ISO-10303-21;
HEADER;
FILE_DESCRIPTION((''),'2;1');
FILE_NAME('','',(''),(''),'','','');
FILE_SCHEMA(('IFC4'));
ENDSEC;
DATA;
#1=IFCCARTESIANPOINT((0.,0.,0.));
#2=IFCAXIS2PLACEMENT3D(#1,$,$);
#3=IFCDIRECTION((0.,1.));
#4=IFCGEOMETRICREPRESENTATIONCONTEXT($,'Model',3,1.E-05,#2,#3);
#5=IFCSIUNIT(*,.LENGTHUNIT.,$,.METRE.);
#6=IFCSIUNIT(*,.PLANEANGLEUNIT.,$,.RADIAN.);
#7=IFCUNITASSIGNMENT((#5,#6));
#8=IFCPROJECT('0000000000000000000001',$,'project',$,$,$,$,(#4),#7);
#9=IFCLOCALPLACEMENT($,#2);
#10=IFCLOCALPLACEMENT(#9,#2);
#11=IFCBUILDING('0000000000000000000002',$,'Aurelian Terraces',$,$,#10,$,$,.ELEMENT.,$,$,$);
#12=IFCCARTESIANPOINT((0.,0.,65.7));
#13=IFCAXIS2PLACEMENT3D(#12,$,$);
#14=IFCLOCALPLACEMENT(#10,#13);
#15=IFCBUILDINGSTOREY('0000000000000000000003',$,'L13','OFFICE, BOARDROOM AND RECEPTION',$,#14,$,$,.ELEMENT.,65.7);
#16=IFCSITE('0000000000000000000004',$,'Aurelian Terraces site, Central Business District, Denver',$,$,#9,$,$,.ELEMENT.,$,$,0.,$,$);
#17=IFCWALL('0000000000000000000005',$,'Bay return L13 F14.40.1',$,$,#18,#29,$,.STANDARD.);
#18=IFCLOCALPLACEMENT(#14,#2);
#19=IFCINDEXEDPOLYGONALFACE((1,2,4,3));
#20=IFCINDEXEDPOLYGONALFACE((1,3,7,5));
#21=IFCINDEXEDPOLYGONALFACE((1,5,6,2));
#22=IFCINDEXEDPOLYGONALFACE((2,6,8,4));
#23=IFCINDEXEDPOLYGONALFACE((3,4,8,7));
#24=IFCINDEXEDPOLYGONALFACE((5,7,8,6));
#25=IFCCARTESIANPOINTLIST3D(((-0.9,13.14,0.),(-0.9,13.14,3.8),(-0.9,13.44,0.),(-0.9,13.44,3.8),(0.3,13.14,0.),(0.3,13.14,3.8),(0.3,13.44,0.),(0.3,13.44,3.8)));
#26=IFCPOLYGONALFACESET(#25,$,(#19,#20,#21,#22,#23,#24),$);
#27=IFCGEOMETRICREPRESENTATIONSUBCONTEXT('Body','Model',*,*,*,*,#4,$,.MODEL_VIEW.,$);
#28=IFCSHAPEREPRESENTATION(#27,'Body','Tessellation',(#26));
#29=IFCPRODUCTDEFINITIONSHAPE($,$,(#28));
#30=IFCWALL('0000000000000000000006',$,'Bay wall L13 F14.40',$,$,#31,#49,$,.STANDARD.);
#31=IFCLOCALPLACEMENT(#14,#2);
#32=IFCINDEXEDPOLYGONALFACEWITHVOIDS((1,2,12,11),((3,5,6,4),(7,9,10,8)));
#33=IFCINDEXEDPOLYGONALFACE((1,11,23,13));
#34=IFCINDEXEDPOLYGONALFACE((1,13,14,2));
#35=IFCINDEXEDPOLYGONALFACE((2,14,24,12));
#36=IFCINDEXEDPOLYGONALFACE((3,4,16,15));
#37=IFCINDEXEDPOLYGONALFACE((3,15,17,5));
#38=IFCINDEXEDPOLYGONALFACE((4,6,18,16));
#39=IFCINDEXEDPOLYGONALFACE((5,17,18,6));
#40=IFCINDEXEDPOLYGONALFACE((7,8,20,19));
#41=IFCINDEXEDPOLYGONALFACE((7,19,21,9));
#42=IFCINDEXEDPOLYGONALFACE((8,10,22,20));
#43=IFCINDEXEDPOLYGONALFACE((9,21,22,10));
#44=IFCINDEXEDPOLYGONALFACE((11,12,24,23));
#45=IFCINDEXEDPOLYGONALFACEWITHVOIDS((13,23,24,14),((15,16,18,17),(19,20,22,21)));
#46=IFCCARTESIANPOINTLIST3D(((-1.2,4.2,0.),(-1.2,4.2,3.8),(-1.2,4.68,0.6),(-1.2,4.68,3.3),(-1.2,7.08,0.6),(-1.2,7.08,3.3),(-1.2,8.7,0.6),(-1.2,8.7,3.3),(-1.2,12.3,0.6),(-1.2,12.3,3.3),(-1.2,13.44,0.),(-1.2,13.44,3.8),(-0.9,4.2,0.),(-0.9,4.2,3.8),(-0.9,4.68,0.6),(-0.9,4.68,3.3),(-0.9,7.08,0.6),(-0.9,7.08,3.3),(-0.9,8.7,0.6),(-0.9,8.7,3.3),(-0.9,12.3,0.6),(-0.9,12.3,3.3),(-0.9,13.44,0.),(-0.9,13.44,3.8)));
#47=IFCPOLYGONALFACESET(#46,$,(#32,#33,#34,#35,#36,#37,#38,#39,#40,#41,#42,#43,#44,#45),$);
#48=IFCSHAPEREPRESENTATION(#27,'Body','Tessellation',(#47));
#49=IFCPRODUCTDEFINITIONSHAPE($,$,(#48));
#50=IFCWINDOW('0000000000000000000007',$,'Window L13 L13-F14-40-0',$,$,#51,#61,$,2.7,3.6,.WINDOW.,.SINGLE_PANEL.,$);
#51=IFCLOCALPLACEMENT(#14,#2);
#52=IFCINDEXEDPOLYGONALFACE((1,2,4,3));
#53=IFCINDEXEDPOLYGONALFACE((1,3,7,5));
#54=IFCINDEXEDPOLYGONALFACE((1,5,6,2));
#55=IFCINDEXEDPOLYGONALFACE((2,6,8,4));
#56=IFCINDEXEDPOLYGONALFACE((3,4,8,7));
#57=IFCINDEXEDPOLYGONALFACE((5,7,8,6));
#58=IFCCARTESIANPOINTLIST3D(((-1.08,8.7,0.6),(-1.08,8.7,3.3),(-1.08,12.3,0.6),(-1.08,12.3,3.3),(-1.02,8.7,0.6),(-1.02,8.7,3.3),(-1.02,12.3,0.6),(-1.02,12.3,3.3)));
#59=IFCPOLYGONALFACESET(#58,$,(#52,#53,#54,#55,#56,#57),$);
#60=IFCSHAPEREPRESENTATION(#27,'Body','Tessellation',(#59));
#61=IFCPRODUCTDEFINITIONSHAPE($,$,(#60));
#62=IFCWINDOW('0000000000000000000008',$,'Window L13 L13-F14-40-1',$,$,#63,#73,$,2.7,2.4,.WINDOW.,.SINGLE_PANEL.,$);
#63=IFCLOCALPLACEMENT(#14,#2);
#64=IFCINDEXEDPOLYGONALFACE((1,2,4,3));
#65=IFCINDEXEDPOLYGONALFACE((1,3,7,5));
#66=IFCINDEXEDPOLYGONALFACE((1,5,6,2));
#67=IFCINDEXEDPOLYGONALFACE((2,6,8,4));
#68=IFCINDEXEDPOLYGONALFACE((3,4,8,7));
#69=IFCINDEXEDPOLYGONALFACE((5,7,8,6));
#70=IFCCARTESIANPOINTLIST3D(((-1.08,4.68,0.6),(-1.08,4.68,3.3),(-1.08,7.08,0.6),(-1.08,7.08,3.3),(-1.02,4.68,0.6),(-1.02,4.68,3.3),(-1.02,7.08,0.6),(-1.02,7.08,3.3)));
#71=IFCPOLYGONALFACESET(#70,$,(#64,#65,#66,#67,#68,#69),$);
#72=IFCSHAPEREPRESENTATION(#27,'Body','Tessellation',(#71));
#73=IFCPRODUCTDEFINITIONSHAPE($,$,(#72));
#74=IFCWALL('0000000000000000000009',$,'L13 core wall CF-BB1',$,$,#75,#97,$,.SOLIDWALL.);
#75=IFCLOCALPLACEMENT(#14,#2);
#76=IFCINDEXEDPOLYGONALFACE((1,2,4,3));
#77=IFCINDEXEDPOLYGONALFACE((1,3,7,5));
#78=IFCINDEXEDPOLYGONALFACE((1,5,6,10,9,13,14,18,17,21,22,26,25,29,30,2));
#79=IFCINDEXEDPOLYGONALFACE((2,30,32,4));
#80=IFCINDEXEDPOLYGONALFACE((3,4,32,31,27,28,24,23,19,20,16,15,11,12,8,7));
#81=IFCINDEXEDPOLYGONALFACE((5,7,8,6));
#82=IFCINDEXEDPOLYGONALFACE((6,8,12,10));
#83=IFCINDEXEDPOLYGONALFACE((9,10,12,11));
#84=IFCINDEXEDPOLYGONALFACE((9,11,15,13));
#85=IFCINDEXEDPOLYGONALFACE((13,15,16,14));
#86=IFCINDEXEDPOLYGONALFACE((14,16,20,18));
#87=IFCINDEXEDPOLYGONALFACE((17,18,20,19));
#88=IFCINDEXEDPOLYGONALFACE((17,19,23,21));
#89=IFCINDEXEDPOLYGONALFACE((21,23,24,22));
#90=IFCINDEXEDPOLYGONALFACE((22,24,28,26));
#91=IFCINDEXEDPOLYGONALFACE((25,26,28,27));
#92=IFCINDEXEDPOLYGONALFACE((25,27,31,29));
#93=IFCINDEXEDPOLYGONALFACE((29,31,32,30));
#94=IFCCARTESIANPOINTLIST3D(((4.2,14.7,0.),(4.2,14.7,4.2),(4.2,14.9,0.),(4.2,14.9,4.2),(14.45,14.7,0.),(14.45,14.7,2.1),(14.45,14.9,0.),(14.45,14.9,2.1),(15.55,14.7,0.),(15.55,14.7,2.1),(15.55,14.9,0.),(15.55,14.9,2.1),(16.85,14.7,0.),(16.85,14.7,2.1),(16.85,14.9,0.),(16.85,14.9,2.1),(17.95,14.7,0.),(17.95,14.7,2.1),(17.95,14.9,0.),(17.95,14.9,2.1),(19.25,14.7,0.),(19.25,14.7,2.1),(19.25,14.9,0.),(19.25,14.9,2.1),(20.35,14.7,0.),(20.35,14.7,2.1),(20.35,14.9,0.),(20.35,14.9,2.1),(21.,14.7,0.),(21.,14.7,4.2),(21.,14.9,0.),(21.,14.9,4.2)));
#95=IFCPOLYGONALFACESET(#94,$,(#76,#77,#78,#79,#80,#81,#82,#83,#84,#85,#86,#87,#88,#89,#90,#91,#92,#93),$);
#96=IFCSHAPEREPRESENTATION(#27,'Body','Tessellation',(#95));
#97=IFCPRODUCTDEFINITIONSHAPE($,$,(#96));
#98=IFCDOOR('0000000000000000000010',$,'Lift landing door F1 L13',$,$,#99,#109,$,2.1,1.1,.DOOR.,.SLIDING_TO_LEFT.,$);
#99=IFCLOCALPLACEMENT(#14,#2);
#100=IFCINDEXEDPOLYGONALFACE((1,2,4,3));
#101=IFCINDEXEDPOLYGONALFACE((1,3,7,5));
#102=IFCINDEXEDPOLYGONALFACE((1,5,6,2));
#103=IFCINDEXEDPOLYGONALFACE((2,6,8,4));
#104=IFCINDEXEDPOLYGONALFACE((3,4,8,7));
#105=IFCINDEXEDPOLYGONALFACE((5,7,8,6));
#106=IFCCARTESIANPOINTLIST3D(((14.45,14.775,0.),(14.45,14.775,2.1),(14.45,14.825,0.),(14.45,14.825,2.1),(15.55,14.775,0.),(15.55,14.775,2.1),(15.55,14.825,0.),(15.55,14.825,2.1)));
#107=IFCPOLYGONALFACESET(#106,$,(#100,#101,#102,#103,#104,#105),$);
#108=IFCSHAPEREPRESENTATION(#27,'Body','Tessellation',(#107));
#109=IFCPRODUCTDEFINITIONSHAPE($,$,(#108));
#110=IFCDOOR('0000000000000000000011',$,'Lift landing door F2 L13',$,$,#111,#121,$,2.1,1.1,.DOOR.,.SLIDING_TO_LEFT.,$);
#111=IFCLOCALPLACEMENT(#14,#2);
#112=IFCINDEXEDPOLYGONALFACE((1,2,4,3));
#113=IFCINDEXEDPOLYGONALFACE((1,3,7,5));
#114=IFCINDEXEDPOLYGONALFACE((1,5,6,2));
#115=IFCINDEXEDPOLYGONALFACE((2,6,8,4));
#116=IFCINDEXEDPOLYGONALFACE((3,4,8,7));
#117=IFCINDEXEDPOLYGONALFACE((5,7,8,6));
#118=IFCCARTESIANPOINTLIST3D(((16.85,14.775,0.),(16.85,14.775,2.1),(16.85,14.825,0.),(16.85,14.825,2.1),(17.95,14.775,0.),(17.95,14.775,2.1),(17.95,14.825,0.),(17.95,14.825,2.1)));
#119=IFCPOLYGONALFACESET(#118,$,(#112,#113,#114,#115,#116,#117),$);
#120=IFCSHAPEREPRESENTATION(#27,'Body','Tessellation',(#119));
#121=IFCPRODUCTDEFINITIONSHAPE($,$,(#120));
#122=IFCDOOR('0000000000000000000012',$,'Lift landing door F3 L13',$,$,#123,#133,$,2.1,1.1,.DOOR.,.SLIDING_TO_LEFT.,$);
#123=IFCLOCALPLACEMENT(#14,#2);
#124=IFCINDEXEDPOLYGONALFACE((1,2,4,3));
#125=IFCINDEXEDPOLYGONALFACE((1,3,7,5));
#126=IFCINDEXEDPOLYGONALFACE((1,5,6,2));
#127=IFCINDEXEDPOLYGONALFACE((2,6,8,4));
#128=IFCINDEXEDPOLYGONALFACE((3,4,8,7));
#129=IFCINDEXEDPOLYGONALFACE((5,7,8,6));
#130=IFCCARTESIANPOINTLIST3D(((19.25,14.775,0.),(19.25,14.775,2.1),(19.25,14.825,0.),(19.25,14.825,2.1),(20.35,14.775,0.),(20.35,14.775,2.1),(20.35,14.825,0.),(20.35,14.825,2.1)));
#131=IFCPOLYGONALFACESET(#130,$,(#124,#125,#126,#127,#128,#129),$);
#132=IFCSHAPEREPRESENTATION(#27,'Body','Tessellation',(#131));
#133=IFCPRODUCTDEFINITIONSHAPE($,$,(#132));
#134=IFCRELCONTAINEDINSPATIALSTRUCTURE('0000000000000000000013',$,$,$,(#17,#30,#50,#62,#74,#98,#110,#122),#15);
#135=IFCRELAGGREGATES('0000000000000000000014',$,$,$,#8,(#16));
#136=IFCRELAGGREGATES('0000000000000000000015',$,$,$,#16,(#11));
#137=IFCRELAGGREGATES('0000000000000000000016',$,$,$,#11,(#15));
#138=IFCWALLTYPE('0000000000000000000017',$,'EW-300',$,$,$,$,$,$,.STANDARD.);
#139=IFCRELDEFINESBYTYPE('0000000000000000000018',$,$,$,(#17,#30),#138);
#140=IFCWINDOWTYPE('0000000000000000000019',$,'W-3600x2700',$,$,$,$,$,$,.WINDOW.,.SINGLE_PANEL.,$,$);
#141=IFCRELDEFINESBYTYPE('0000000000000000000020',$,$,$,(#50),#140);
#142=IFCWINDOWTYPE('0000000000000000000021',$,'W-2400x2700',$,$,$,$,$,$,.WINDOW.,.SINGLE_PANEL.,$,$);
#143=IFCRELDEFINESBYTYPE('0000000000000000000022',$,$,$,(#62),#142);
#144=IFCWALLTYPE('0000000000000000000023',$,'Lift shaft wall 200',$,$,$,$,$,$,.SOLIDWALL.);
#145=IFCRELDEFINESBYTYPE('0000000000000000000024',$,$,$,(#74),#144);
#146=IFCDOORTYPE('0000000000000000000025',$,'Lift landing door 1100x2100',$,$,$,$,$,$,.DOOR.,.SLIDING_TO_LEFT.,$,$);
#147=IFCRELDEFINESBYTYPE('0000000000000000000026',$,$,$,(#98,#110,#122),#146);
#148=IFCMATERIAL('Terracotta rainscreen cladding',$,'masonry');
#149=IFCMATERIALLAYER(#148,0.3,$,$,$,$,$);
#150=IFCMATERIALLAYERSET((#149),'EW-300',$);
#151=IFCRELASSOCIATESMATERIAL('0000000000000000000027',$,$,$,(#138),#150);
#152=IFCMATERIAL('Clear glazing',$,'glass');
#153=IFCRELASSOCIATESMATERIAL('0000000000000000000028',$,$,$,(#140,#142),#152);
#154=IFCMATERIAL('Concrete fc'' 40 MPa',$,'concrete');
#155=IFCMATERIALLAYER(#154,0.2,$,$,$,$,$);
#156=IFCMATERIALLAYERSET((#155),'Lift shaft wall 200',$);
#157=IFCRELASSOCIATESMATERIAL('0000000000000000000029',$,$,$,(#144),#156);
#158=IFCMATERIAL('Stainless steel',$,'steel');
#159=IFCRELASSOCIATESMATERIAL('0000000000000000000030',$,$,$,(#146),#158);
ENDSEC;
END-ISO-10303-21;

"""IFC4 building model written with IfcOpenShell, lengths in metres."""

from ifc_helpers import new_model, si_unit, direction, frame, frame_2d, origin, place, context, subcontext, project, spatial, rectangle, extrude, source, transform, mapped, material, layer, layer_set, type_object, element, fill, save


model = new_model("IFC4")

# Units and contexts
model_context = context("Model", 3, precision=1e-05, world=origin(), true_north=direction((0.0, 1.0)))
body_context = subcontext(model_context, "Body", "Model", "MODEL_VIEW")
ifc_project = project(units=[si_unit("LENGTHUNIT", "METRE"), si_unit("PLANEANGLEUNIT", "RADIAN")], contexts=[model_context])

# Site, building, storey
site_placement = place(None, origin())
site = spatial("IfcSite", under=ifc_project, at=site_placement, Name="Aurelian Terraces site, Central Business District, Denver", CompositionType="ELEMENT", RefElevation=0.0)
building_placement = place(site_placement, origin())
building = spatial("IfcBuilding", under=site, at=building_placement, Name="Aurelian Terraces", CompositionType="ELEMENT")
storey_placement = place(building_placement, frame((0.0, 0.0, 65.7)))
storey = spatial("IfcBuildingStorey", under=building, at=storey_placement, Name="L13", Description="OFFICE, BOARDROOM AND RECEPTION", CompositionType="ELEMENT", Elevation=65.7)

# Wall
ifc_material_1 = material(Name="Terracotta rainscreen cladding", Category="masonry")
ifc_layer_1 = layer(ifc_material_1, 0.3)
ifc_layer_set_1 = layer_set([ifc_layer_1], Name="EW-300")
wall_type_1 = type_object("IfcWallType", Name="EW-300", PredefinedType="STANDARD", material=ifc_layer_set_1)
shared_shape_1 = source(origin(), body_context, "Body", "SweptSolid", [
    extrude(rectangle(XDim=1.2, YDim=0.3, at=frame_2d((0.6, 0.0))), origin(), (0.0, 0.0, 1.0), 3.8),
])
wall_1_placement = place(storey_placement, frame((0.3, 13.29, 0.0), z_axis=(0.0, 0.0, 1.0), x_axis=(-1.0, 0.0, 0.0)))
element("IfcWall", 1, at=wall_1_placement, inside=storey, type_object=wall_type_1, Name="Bay return L13 F14.40.1", PredefinedType="STANDARD", context=body_context, shape_type="MappedRepresentation", body=[
    mapped(shared_shape_1, transform((0.0, 0.0, 0.0), scale=1.0)),
])

# Wall, openings, windows
shared_shape_2 = source(origin(), body_context, "Body", "SweptSolid", [
    extrude(rectangle(XDim=9.24, YDim=0.3, at=frame_2d((4.62, 0.0))), origin(), (0.0, 0.0, 1.0), 3.8),
])
wall_2_placement = place(storey_placement, frame((-1.05, 13.44, 0.0), z_axis=(0.0, 0.0, 1.0), x_axis=(0.0, -1.0, 0.0)))
wall_2 = element("IfcWall", 2, at=wall_2_placement, inside=storey, type_object=wall_type_1, Name="Bay wall L13 F14.40", PredefinedType="STANDARD", context=body_context, shape_type="MappedRepresentation", body=[
    mapped(shared_shape_2, transform((0.0, 0.0, 0.0), scale=1.0)),
])
shared_shape_3 = source(origin(), body_context, "Body", "SweptSolid", [
    extrude(rectangle(XDim=3.6, YDim=2.7, at=frame_2d((1.8, 1.35))), frame((0.0, 0.16, 0.0), z_axis=(0.0, -1.0, 0.0), x_axis=(1.0, 0.0, 0.0)), (0.0, 0.0, 1.0), 0.32),
])
opening_1_placement = place(wall_2_placement, frame((1.14, 0.0, 0.6)))
opening_1 = element("IfcOpeningElement", 3, at=opening_1_placement, cuts=wall_2, PredefinedType="OPENING", context=body_context, shape_type="MappedRepresentation", body=[
    mapped(shared_shape_3, transform((0.0, 0.0, 0.0), scale=1.0)),
])
shared_shape_4 = source(origin(), body_context, "Body", "SweptSolid", [
    extrude(rectangle(XDim=2.4, YDim=2.7, at=frame_2d((1.2, 1.35))), frame((0.0, 0.16, 0.0), z_axis=(0.0, -1.0, 0.0), x_axis=(1.0, 0.0, 0.0)), (0.0, 0.0, 1.0), 0.32),
])
opening_2_placement = place(wall_2_placement, frame((6.36, 0.0, 0.6)))
opening_2 = element("IfcOpeningElement", 4, at=opening_2_placement, cuts=wall_2, PredefinedType="OPENING", context=body_context, shape_type="MappedRepresentation", body=[
    mapped(shared_shape_4, transform((0.0, 0.0, 0.0), scale=1.0)),
])
ifc_material_2 = material(Name="Clear glazing", Category="glass")
window_type_1 = type_object("IfcWindowType", Name="W-3600x2700", PartitioningType="SINGLE_PANEL", PredefinedType="WINDOW", material=ifc_material_2)
shared_shape_5 = source(origin(), body_context, "Body", "SweptSolid", [
    extrude(rectangle(XDim=3.6, YDim=2.7, at=frame_2d((1.8, 1.35))), frame((0.0, 0.03, 0.0), z_axis=(0.0, -1.0, 0.0), x_axis=(1.0, 0.0, 0.0)), (0.0, 0.0, 1.0), 0.06),
])
window_1_placement = place(opening_1_placement, origin())
window_1 = element("IfcWindow", 5, at=window_1_placement, inside=storey, type_object=window_type_1, Name="Window L13 L13-F14-40-0", OverallHeight=2.7, OverallWidth=3.6, PartitioningType="SINGLE_PANEL", PredefinedType="WINDOW", context=body_context, shape_type="MappedRepresentation", body=[
    mapped(shared_shape_5, transform((0.0, 0.0, 0.0), scale=1.0)),
])
fill(opening_1, window_1)
window_type_2 = type_object("IfcWindowType", Name="W-2400x2700", PartitioningType="SINGLE_PANEL", PredefinedType="WINDOW", material=ifc_material_2)
shared_shape_6 = source(origin(), body_context, "Body", "SweptSolid", [
    extrude(rectangle(XDim=2.4, YDim=2.7, at=frame_2d((1.2, 1.35))), frame((0.0, 0.03, 0.0), z_axis=(0.0, -1.0, 0.0), x_axis=(1.0, 0.0, 0.0)), (0.0, 0.0, 1.0), 0.06),
])
window_2_placement = place(opening_2_placement, origin())
window_2 = element("IfcWindow", 6, at=window_2_placement, inside=storey, type_object=window_type_2, Name="Window L13 L13-F14-40-1", OverallHeight=2.7, OverallWidth=2.4, PartitioningType="SINGLE_PANEL", PredefinedType="WINDOW", context=body_context, shape_type="MappedRepresentation", body=[
    mapped(shared_shape_6, transform((0.0, 0.0, 0.0), scale=1.0)),
])
fill(opening_2, window_2)

# Wall, openings, doors
ifc_material_3 = material(Name="Concrete fc' 40 MPa", Category="concrete")
ifc_layer_2 = layer(ifc_material_3, 0.2)
ifc_layer_set_2 = layer_set([ifc_layer_2], Name="Lift shaft wall 200")
wall_type_2 = type_object("IfcWallType", Name="Lift shaft wall 200", PredefinedType="SOLIDWALL", material=ifc_layer_set_2)
shared_shape_7 = source(origin(), body_context, "Body", "SweptSolid", [
    extrude(rectangle(XDim=16.8, YDim=0.2, at=frame_2d((8.4, 0.0))), origin(), (0.0, 0.0, 1.0), 4.2),
])
wall_3_placement = place(storey_placement, frame((4.2, 14.8, 0.0), z_axis=(0.0, 0.0, 1.0), x_axis=(1.0, 0.0, 0.0)))
wall_3 = element("IfcWall", 7, at=wall_3_placement, inside=storey, type_object=wall_type_2, Name="L13 core wall CF-BB1", PredefinedType="SOLIDWALL", context=body_context, shape_type="MappedRepresentation", body=[
    mapped(shared_shape_7, transform((0.0, 0.0, 0.0), scale=1.0)),
])
shared_shape_8 = source(origin(), body_context, "Body", "SweptSolid", [
    extrude(rectangle(XDim=1.1, YDim=2.1, at=frame_2d((0.55, 1.05))), frame((0.0, 0.11, 0.0), z_axis=(0.0, -1.0, 0.0), x_axis=(1.0, 0.0, 0.0)), (0.0, 0.0, 1.0), 0.22),
])
opening_3_placement = place(wall_3_placement, frame((10.25, 0.0, 0.0)))
opening_3 = element("IfcOpeningElement", 8, at=opening_3_placement, cuts=wall_3, PredefinedType="OPENING", context=body_context, shape_type="MappedRepresentation", body=[
    mapped(shared_shape_8, transform((0.0, 0.0, 0.0), scale=1.0)),
])
opening_4_placement = place(wall_3_placement, frame((12.65, 0.0, 0.0)))
opening_4 = element("IfcOpeningElement", 9, at=opening_4_placement, cuts=wall_3, PredefinedType="OPENING", context=body_context, shape_type="MappedRepresentation", body=[
    mapped(shared_shape_8, transform((0.0, 0.0, 0.0), scale=1.0)),
])
opening_5_placement = place(wall_3_placement, frame((15.05, 0.0, 0.0)))
opening_5 = element("IfcOpeningElement", 10, at=opening_5_placement, cuts=wall_3, PredefinedType="OPENING", context=body_context, shape_type="MappedRepresentation", body=[
    mapped(shared_shape_8, transform((0.0, 0.0, 0.0), scale=1.0)),
])
ifc_material_4 = material(Name="Stainless steel", Category="steel")
door_type = type_object("IfcDoorType", Name="Lift landing door 1100x2100", OperationType="SLIDING_TO_LEFT", PredefinedType="DOOR", material=ifc_material_4)
shared_shape_9 = source(origin(), body_context, "Body", "SweptSolid", [
    extrude(rectangle(XDim=1.1, YDim=2.1, at=frame_2d((0.55, 1.05))), frame((0.0, 0.025, 0.0), z_axis=(0.0, -1.0, 0.0), x_axis=(1.0, 0.0, 0.0)), (0.0, 0.0, 1.0), 0.05),
])
door_1_placement = place(opening_3_placement, origin())
door_1 = element("IfcDoor", 11, at=door_1_placement, inside=storey, type_object=door_type, Name="Lift landing door F1 L13", OperationType="SLIDING_TO_LEFT", OverallHeight=2.1, OverallWidth=1.1, PredefinedType="DOOR", context=body_context, shape_type="MappedRepresentation", body=[
    mapped(shared_shape_9, transform((0.0, 0.0, 0.0), scale=1.0)),
])
fill(opening_3, door_1)
door_2_placement = place(opening_4_placement, origin())
door_2 = element("IfcDoor", 12, at=door_2_placement, inside=storey, type_object=door_type, Name="Lift landing door F2 L13", OperationType="SLIDING_TO_LEFT", OverallHeight=2.1, OverallWidth=1.1, PredefinedType="DOOR", context=body_context, shape_type="MappedRepresentation", body=[
    mapped(shared_shape_9, transform((0.0, 0.0, 0.0), scale=1.0)),
])
fill(opening_4, door_2)
door_3_placement = place(opening_5_placement, origin())
door_3 = element("IfcDoor", 13, at=door_3_placement, inside=storey, type_object=door_type, Name="Lift landing door F3 L13", OperationType="SLIDING_TO_LEFT", OverallHeight=2.1, OverallWidth=1.1, PredefinedType="DOOR", context=body_context, shape_type="MappedRepresentation", body=[
    mapped(shared_shape_9, transform((0.0, 0.0, 0.0), scale=1.0)),
])
fill(opening_5, door_3)

save(model, "model.ifc")
